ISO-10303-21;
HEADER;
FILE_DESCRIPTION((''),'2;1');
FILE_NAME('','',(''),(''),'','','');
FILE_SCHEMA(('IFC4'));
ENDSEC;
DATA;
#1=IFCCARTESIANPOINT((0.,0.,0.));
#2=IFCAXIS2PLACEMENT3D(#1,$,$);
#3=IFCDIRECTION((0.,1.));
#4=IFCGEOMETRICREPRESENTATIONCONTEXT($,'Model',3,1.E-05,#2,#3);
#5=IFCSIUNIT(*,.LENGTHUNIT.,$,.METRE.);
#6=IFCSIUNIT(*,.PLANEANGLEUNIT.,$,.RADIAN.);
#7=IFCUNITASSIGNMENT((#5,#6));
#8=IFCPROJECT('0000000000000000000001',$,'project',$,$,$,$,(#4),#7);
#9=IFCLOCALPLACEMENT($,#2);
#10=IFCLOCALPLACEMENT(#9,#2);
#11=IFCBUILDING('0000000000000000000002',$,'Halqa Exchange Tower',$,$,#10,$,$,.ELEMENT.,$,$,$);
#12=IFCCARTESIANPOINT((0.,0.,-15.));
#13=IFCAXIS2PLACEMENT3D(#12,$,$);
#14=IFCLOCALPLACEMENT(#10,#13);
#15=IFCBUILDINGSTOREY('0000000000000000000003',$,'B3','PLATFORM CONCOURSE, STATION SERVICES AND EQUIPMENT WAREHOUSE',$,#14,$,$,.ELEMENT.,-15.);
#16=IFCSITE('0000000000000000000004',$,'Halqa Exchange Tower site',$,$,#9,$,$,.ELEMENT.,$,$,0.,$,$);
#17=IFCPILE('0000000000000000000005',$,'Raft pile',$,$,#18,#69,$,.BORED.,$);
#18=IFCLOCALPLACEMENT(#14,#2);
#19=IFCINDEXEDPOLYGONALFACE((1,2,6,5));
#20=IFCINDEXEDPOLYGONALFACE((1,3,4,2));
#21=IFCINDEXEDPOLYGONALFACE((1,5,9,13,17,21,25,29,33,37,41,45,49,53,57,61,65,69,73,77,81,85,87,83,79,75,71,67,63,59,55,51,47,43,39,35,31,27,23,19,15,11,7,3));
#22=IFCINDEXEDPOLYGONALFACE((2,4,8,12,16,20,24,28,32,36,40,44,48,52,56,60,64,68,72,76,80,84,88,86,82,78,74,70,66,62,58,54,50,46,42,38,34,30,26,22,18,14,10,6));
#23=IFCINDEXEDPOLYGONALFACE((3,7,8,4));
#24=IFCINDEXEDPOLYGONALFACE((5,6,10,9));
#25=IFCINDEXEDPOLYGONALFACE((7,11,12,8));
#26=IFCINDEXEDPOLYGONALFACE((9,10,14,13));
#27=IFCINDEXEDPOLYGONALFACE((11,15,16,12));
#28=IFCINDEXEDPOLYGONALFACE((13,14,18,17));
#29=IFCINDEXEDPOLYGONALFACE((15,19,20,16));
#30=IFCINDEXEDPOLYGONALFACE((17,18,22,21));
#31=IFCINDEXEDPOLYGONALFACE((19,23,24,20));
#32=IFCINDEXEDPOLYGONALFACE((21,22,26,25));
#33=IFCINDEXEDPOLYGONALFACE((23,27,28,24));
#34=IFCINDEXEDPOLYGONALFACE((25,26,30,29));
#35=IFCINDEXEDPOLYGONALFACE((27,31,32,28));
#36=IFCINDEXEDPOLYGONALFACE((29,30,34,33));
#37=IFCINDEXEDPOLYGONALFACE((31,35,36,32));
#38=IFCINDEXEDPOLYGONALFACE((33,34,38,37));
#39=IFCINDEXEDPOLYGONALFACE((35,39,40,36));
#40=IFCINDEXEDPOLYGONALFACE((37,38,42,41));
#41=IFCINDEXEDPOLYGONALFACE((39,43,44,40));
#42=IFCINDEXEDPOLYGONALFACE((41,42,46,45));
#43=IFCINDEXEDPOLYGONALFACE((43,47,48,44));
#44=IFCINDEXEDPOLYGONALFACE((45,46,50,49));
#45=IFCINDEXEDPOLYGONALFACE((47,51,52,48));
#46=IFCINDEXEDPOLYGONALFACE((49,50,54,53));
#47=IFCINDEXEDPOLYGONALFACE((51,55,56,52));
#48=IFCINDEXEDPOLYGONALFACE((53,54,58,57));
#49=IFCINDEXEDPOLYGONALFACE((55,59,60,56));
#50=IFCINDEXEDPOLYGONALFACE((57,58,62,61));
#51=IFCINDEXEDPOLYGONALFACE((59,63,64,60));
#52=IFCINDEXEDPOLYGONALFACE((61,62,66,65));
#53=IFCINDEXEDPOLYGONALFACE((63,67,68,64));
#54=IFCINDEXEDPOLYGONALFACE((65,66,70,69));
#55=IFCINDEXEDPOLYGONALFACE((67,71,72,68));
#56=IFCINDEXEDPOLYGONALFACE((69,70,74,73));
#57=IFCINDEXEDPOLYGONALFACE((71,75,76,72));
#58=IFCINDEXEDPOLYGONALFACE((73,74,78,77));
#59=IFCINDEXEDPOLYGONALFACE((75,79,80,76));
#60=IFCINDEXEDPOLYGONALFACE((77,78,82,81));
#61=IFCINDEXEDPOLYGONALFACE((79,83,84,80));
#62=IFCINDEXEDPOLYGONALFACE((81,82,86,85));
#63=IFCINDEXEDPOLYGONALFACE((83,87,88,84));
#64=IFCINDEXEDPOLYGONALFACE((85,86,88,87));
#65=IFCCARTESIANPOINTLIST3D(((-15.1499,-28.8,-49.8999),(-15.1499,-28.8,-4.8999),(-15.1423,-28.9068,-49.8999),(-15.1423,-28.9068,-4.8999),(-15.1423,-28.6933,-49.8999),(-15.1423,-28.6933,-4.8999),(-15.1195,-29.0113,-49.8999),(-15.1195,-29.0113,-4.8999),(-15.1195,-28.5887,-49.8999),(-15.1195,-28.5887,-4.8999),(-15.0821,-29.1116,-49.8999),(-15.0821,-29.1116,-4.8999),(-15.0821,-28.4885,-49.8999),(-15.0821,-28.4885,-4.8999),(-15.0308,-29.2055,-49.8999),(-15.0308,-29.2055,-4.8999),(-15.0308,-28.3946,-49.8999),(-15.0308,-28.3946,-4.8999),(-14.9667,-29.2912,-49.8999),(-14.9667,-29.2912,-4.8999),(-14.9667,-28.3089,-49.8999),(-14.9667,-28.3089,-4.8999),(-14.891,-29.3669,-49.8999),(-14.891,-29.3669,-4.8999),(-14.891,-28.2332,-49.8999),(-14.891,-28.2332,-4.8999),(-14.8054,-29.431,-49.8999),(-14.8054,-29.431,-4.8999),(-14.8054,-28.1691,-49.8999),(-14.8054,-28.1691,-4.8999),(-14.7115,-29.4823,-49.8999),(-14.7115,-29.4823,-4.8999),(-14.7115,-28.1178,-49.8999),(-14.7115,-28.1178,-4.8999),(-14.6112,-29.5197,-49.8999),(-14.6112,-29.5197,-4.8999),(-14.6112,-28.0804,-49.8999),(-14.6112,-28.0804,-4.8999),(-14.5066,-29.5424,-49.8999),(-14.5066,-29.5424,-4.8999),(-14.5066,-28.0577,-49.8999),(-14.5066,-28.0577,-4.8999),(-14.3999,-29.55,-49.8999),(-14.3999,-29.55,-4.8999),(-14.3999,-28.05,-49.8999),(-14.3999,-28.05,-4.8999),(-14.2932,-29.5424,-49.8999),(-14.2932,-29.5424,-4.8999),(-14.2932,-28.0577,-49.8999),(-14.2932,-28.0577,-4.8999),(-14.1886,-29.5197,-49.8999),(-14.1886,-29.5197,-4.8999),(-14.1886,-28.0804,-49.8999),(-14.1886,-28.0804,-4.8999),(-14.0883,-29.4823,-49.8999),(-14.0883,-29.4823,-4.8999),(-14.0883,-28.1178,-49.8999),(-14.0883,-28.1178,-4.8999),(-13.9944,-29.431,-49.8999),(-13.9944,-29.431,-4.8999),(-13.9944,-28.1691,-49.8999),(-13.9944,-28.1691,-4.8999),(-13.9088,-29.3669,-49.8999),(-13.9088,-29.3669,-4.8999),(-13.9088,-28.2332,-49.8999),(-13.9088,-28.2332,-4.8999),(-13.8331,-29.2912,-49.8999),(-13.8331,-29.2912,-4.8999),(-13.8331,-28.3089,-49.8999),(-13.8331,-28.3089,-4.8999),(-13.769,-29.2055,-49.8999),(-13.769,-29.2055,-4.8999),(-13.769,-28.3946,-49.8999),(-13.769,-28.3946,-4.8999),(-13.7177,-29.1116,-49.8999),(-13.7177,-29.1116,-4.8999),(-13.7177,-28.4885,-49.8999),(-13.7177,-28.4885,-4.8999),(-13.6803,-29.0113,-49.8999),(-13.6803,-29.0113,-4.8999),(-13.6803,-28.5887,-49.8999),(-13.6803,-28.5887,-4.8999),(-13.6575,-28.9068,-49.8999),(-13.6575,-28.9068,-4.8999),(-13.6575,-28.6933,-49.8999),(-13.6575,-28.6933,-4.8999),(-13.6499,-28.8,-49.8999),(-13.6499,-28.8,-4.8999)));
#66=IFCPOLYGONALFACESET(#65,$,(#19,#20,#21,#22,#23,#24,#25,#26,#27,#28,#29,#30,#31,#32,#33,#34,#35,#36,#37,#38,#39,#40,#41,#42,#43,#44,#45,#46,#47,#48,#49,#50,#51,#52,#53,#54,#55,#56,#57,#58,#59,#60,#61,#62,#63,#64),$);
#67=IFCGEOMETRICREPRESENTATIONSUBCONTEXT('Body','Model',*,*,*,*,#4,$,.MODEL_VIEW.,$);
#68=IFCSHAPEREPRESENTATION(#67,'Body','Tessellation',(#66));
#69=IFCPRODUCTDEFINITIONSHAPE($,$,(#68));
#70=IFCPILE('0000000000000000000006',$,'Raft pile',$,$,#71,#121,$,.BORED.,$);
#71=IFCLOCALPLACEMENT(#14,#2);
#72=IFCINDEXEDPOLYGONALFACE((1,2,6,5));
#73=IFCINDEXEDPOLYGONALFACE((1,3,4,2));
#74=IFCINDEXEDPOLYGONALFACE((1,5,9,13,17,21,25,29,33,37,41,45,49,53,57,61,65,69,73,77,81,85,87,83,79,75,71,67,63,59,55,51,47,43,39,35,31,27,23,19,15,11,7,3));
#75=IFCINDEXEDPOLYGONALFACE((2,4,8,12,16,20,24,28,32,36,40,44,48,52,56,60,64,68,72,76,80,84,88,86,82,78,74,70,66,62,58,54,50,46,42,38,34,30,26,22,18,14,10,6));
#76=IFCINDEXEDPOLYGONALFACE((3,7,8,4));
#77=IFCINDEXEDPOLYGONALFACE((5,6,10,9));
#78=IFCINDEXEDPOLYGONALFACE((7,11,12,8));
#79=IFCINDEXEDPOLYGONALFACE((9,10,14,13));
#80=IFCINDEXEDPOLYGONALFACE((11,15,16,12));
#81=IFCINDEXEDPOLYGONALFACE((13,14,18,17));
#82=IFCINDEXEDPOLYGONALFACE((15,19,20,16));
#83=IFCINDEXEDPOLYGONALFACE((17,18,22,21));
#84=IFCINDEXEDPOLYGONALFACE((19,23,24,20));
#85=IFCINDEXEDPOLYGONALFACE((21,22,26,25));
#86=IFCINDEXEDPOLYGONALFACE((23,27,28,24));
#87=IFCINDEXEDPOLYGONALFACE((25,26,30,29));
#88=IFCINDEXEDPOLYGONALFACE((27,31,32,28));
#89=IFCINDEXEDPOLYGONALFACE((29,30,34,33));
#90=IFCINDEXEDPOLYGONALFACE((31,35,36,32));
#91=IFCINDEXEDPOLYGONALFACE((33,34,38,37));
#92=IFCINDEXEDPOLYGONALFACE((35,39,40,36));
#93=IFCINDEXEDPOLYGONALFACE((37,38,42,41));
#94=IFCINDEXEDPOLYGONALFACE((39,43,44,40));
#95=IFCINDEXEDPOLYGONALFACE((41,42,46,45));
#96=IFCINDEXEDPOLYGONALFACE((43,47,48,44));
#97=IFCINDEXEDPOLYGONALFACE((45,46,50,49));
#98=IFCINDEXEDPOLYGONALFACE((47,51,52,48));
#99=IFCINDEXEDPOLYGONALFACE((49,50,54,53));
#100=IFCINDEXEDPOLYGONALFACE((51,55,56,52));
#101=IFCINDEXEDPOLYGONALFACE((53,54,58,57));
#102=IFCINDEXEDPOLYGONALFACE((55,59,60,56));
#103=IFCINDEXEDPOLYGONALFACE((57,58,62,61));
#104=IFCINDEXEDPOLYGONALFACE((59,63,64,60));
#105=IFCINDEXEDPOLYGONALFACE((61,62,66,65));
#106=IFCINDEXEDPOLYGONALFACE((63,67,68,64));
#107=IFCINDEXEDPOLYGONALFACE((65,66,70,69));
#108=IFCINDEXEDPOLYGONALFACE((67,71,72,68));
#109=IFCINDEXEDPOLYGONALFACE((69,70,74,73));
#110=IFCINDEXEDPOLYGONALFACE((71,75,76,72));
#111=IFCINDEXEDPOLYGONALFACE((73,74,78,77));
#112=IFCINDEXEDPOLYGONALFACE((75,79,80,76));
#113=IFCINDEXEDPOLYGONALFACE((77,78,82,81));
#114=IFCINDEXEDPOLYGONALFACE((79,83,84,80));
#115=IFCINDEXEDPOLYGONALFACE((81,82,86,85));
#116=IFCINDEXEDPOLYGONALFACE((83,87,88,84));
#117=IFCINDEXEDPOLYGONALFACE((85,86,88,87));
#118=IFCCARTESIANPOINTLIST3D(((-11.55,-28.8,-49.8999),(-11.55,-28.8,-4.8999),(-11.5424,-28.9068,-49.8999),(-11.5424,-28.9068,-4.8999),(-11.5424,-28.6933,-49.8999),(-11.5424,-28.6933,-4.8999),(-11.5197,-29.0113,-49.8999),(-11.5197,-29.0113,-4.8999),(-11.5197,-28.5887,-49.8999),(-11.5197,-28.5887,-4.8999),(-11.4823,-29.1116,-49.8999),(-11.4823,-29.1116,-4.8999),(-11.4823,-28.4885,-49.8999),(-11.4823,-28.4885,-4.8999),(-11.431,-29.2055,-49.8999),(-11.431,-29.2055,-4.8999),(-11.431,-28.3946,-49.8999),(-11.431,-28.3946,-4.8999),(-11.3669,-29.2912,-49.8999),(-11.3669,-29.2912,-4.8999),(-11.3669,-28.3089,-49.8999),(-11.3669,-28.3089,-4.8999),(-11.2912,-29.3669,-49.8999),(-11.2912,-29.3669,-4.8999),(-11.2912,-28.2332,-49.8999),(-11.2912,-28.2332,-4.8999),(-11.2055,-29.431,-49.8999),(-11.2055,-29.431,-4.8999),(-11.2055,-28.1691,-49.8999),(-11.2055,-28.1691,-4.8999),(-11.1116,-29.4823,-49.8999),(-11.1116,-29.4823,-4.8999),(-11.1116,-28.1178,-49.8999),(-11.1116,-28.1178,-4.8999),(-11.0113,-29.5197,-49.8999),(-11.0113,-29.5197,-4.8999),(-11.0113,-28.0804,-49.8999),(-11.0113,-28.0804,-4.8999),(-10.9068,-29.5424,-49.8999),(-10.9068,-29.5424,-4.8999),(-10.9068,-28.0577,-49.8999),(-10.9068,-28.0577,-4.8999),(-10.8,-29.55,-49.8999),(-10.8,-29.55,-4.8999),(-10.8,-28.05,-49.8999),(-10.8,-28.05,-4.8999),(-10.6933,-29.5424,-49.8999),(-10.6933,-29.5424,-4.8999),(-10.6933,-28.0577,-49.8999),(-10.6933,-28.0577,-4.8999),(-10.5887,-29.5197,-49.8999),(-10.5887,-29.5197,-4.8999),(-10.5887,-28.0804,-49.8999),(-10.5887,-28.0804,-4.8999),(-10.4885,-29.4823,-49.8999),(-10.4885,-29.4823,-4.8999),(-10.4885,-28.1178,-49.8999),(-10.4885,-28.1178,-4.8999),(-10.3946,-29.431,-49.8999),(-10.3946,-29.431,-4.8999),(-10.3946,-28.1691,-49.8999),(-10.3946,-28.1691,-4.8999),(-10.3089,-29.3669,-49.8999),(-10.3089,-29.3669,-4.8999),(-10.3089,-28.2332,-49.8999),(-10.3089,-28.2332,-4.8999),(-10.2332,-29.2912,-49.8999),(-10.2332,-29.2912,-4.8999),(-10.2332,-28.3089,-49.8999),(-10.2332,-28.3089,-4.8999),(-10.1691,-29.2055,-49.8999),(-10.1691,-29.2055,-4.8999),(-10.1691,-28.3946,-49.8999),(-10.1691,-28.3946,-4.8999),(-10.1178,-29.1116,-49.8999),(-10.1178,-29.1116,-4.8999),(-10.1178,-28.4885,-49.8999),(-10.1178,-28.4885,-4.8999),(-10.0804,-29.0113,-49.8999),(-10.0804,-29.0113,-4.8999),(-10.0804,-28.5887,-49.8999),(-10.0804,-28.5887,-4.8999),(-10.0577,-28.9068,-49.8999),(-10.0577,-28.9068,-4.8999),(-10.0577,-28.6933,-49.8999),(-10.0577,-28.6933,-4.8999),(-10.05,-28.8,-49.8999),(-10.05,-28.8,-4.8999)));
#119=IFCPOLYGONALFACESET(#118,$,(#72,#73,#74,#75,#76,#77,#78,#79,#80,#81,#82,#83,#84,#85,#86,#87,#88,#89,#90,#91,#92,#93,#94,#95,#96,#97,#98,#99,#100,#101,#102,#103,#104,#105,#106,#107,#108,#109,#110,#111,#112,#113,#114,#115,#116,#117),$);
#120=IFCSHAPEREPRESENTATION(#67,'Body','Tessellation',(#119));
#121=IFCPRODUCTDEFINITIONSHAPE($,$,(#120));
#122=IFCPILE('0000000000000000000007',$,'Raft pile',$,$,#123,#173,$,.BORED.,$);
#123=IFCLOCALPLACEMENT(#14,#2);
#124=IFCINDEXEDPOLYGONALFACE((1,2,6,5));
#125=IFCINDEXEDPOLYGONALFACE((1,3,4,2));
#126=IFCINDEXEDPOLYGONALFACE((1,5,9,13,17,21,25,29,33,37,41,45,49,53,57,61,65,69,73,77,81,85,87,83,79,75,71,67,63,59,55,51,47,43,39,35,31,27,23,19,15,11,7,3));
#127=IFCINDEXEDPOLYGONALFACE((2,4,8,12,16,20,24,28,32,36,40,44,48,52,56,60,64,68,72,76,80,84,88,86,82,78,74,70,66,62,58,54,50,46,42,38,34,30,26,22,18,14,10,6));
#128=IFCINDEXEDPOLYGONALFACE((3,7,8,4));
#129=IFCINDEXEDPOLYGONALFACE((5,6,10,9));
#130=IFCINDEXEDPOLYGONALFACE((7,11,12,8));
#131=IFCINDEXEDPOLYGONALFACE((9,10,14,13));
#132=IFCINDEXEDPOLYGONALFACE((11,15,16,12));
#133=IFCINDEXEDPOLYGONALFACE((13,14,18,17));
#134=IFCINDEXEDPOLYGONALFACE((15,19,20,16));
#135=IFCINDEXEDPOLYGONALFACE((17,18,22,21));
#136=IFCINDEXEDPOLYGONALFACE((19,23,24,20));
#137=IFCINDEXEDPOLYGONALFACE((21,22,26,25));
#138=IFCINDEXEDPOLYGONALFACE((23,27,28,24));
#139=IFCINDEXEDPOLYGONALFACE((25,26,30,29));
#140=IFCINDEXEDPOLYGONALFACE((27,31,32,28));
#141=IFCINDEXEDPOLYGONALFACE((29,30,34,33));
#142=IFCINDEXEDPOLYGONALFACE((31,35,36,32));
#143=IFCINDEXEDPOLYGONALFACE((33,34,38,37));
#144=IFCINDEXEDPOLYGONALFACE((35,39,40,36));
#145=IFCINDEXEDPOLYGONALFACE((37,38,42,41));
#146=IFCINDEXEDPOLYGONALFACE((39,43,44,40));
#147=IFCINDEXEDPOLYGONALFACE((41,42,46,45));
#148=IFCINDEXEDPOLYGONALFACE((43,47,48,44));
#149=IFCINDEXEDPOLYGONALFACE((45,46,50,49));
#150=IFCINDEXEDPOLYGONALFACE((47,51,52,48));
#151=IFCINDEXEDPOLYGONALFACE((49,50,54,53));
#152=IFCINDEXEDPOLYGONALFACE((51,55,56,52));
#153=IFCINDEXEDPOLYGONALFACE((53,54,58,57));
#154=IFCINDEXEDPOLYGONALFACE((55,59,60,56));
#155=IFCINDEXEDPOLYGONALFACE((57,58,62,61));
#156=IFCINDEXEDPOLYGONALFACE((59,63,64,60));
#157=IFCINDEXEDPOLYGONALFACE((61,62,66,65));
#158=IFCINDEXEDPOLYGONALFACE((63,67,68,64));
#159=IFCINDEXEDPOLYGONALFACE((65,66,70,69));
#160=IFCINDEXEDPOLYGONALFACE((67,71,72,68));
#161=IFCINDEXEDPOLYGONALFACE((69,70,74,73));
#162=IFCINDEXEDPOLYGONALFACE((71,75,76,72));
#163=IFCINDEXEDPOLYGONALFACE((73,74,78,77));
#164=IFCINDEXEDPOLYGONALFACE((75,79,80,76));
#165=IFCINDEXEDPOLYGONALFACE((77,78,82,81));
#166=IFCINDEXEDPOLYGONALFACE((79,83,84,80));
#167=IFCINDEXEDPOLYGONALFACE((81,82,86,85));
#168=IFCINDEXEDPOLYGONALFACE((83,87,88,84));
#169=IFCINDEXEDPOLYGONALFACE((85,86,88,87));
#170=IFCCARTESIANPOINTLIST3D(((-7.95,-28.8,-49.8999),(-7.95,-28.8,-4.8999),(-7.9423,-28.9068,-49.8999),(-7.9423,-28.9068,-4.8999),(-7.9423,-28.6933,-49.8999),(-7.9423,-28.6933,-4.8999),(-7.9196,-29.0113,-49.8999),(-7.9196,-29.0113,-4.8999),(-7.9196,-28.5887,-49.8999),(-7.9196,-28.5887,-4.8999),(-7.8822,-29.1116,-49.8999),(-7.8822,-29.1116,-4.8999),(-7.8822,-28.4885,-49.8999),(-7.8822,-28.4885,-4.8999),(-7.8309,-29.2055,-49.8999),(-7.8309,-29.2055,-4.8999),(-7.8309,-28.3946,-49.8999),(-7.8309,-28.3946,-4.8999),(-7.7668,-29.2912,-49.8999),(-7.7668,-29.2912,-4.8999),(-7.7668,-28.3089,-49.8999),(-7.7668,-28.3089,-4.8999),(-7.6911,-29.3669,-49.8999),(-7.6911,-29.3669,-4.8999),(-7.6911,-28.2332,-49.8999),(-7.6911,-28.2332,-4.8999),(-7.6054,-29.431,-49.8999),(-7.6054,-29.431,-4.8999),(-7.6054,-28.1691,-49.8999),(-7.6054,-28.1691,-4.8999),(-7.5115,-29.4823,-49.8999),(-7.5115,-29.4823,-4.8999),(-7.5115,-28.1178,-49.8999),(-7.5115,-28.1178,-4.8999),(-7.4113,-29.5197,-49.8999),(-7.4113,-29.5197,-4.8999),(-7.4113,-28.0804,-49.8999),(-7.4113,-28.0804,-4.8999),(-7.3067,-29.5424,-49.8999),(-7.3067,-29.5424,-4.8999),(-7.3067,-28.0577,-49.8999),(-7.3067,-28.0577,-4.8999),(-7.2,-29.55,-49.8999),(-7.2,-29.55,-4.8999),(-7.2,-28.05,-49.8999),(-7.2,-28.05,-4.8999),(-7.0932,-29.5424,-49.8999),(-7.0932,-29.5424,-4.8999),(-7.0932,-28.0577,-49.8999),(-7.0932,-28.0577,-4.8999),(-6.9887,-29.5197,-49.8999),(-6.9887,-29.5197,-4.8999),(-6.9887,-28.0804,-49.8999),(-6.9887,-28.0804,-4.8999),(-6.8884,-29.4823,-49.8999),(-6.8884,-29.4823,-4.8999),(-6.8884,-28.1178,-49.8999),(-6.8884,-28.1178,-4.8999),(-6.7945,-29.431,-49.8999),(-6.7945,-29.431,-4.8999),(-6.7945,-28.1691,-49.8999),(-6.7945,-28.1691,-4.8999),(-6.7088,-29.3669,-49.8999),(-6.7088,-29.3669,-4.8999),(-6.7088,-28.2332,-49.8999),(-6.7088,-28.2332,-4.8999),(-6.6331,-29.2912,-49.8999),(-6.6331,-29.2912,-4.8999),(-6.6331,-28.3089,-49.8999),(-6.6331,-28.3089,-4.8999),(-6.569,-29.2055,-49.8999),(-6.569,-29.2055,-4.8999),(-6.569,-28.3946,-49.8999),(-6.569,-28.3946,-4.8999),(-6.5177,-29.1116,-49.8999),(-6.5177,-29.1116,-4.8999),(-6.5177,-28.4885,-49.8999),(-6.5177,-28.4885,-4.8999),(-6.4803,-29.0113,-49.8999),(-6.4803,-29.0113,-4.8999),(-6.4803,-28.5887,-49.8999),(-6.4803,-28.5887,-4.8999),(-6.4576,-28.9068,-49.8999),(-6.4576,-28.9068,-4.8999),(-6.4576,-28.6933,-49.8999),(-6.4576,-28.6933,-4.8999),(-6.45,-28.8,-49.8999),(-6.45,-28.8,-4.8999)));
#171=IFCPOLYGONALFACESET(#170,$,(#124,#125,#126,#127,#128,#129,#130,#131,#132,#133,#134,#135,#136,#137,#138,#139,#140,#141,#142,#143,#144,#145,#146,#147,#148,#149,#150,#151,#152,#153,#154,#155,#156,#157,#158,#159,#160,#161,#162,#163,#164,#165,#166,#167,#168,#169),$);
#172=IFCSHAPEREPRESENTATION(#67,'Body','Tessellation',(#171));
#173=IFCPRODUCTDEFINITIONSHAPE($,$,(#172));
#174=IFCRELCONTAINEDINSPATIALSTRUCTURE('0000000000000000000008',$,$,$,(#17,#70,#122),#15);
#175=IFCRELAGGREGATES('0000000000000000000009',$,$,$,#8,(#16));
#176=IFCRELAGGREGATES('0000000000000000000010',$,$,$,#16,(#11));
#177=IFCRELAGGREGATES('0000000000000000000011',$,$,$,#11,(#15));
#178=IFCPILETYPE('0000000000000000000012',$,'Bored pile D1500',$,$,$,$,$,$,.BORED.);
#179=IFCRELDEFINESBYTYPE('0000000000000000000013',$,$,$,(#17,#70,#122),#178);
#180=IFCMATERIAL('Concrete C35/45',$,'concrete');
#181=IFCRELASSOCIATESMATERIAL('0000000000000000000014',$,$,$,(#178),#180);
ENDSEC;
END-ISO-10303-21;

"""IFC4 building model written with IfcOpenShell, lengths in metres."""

from ifc_helpers import new_model, si_unit, direction, frame, origin, origin_2d, place, context, subcontext, project, spatial, circle, extrude, material, material_profile, profile_set, type_object, element, save


model = new_model("IFC4")

# Units and contexts
model_context = context("Model", 3, precision=1e-05, world=origin(), true_north=direction((0.0, 1.0)))
body_context = subcontext(model_context, "Body", "Model", "MODEL_VIEW")
ifc_project = project(units=[si_unit("LENGTHUNIT", "METRE"), si_unit("PLANEANGLEUNIT", "RADIAN")], contexts=[model_context])

# Site, building, storey
site_placement = place(None, origin())
site = spatial("IfcSite", under=ifc_project, at=site_placement, Name="Halqa Exchange Tower site", CompositionType="ELEMENT", RefElevation=0.0)
building_placement = place(site_placement, origin())
building = spatial("IfcBuilding", under=site, at=building_placement, Name="Halqa Exchange Tower", CompositionType="ELEMENT")
storey_placement = place(building_placement, frame((0.0, 0.0, -15.0)))
storey = spatial("IfcBuildingStorey", under=building, at=storey_placement, Name="B3", Description="PLATFORM CONCOURSE, STATION SERVICES AND EQUIPMENT WAREHOUSE", CompositionType="ELEMENT", Elevation=-15.0)

# Piles
ifc_material_1 = material(Name="Concrete C35/45", Category="concrete")
ifc_material_profile_1 = material_profile(ifc_material_1, circle(Radius=0.75, at=origin_2d()), Name="D1500")
ifc_profile_set_1 = profile_set([ifc_material_profile_1], Name="Concrete C35/45")
pile_type_1 = type_object("IfcPileType", Name="Bored pile D1500", PredefinedType="BORED", material=ifc_profile_set_1)
for number, where, z_axis, x_axis, name in (
    (1, (-14.3999, -28.8, -4.8999), (0.0, 0.0, -1.0), (1.0, 0.0, 0.0), "Raft pile"),
    (2, (-10.8, -28.8, -4.8999), (0.0, 0.0, -1.0), (1.0, 0.0, 0.0), "Raft pile"),
    (3, (-7.2, -28.8, -4.8999), (0.0, 0.0, -1.0), (1.0, 0.0, 0.0), "Raft pile"),
):
    element("IfcPile", number, at=place(storey_placement, frame(where, z_axis=z_axis, x_axis=x_axis)), inside=storey, type_object=pile_type_1, Name=name, PredefinedType="BORED", context=body_context, shape_type="SweptSolid", body=[
        extrude(circle(Radius=0.75, at=origin_2d()), origin(), (0.0, 0.0, 1.0), 45.0),
    ])

save(model, "model.ifc")
